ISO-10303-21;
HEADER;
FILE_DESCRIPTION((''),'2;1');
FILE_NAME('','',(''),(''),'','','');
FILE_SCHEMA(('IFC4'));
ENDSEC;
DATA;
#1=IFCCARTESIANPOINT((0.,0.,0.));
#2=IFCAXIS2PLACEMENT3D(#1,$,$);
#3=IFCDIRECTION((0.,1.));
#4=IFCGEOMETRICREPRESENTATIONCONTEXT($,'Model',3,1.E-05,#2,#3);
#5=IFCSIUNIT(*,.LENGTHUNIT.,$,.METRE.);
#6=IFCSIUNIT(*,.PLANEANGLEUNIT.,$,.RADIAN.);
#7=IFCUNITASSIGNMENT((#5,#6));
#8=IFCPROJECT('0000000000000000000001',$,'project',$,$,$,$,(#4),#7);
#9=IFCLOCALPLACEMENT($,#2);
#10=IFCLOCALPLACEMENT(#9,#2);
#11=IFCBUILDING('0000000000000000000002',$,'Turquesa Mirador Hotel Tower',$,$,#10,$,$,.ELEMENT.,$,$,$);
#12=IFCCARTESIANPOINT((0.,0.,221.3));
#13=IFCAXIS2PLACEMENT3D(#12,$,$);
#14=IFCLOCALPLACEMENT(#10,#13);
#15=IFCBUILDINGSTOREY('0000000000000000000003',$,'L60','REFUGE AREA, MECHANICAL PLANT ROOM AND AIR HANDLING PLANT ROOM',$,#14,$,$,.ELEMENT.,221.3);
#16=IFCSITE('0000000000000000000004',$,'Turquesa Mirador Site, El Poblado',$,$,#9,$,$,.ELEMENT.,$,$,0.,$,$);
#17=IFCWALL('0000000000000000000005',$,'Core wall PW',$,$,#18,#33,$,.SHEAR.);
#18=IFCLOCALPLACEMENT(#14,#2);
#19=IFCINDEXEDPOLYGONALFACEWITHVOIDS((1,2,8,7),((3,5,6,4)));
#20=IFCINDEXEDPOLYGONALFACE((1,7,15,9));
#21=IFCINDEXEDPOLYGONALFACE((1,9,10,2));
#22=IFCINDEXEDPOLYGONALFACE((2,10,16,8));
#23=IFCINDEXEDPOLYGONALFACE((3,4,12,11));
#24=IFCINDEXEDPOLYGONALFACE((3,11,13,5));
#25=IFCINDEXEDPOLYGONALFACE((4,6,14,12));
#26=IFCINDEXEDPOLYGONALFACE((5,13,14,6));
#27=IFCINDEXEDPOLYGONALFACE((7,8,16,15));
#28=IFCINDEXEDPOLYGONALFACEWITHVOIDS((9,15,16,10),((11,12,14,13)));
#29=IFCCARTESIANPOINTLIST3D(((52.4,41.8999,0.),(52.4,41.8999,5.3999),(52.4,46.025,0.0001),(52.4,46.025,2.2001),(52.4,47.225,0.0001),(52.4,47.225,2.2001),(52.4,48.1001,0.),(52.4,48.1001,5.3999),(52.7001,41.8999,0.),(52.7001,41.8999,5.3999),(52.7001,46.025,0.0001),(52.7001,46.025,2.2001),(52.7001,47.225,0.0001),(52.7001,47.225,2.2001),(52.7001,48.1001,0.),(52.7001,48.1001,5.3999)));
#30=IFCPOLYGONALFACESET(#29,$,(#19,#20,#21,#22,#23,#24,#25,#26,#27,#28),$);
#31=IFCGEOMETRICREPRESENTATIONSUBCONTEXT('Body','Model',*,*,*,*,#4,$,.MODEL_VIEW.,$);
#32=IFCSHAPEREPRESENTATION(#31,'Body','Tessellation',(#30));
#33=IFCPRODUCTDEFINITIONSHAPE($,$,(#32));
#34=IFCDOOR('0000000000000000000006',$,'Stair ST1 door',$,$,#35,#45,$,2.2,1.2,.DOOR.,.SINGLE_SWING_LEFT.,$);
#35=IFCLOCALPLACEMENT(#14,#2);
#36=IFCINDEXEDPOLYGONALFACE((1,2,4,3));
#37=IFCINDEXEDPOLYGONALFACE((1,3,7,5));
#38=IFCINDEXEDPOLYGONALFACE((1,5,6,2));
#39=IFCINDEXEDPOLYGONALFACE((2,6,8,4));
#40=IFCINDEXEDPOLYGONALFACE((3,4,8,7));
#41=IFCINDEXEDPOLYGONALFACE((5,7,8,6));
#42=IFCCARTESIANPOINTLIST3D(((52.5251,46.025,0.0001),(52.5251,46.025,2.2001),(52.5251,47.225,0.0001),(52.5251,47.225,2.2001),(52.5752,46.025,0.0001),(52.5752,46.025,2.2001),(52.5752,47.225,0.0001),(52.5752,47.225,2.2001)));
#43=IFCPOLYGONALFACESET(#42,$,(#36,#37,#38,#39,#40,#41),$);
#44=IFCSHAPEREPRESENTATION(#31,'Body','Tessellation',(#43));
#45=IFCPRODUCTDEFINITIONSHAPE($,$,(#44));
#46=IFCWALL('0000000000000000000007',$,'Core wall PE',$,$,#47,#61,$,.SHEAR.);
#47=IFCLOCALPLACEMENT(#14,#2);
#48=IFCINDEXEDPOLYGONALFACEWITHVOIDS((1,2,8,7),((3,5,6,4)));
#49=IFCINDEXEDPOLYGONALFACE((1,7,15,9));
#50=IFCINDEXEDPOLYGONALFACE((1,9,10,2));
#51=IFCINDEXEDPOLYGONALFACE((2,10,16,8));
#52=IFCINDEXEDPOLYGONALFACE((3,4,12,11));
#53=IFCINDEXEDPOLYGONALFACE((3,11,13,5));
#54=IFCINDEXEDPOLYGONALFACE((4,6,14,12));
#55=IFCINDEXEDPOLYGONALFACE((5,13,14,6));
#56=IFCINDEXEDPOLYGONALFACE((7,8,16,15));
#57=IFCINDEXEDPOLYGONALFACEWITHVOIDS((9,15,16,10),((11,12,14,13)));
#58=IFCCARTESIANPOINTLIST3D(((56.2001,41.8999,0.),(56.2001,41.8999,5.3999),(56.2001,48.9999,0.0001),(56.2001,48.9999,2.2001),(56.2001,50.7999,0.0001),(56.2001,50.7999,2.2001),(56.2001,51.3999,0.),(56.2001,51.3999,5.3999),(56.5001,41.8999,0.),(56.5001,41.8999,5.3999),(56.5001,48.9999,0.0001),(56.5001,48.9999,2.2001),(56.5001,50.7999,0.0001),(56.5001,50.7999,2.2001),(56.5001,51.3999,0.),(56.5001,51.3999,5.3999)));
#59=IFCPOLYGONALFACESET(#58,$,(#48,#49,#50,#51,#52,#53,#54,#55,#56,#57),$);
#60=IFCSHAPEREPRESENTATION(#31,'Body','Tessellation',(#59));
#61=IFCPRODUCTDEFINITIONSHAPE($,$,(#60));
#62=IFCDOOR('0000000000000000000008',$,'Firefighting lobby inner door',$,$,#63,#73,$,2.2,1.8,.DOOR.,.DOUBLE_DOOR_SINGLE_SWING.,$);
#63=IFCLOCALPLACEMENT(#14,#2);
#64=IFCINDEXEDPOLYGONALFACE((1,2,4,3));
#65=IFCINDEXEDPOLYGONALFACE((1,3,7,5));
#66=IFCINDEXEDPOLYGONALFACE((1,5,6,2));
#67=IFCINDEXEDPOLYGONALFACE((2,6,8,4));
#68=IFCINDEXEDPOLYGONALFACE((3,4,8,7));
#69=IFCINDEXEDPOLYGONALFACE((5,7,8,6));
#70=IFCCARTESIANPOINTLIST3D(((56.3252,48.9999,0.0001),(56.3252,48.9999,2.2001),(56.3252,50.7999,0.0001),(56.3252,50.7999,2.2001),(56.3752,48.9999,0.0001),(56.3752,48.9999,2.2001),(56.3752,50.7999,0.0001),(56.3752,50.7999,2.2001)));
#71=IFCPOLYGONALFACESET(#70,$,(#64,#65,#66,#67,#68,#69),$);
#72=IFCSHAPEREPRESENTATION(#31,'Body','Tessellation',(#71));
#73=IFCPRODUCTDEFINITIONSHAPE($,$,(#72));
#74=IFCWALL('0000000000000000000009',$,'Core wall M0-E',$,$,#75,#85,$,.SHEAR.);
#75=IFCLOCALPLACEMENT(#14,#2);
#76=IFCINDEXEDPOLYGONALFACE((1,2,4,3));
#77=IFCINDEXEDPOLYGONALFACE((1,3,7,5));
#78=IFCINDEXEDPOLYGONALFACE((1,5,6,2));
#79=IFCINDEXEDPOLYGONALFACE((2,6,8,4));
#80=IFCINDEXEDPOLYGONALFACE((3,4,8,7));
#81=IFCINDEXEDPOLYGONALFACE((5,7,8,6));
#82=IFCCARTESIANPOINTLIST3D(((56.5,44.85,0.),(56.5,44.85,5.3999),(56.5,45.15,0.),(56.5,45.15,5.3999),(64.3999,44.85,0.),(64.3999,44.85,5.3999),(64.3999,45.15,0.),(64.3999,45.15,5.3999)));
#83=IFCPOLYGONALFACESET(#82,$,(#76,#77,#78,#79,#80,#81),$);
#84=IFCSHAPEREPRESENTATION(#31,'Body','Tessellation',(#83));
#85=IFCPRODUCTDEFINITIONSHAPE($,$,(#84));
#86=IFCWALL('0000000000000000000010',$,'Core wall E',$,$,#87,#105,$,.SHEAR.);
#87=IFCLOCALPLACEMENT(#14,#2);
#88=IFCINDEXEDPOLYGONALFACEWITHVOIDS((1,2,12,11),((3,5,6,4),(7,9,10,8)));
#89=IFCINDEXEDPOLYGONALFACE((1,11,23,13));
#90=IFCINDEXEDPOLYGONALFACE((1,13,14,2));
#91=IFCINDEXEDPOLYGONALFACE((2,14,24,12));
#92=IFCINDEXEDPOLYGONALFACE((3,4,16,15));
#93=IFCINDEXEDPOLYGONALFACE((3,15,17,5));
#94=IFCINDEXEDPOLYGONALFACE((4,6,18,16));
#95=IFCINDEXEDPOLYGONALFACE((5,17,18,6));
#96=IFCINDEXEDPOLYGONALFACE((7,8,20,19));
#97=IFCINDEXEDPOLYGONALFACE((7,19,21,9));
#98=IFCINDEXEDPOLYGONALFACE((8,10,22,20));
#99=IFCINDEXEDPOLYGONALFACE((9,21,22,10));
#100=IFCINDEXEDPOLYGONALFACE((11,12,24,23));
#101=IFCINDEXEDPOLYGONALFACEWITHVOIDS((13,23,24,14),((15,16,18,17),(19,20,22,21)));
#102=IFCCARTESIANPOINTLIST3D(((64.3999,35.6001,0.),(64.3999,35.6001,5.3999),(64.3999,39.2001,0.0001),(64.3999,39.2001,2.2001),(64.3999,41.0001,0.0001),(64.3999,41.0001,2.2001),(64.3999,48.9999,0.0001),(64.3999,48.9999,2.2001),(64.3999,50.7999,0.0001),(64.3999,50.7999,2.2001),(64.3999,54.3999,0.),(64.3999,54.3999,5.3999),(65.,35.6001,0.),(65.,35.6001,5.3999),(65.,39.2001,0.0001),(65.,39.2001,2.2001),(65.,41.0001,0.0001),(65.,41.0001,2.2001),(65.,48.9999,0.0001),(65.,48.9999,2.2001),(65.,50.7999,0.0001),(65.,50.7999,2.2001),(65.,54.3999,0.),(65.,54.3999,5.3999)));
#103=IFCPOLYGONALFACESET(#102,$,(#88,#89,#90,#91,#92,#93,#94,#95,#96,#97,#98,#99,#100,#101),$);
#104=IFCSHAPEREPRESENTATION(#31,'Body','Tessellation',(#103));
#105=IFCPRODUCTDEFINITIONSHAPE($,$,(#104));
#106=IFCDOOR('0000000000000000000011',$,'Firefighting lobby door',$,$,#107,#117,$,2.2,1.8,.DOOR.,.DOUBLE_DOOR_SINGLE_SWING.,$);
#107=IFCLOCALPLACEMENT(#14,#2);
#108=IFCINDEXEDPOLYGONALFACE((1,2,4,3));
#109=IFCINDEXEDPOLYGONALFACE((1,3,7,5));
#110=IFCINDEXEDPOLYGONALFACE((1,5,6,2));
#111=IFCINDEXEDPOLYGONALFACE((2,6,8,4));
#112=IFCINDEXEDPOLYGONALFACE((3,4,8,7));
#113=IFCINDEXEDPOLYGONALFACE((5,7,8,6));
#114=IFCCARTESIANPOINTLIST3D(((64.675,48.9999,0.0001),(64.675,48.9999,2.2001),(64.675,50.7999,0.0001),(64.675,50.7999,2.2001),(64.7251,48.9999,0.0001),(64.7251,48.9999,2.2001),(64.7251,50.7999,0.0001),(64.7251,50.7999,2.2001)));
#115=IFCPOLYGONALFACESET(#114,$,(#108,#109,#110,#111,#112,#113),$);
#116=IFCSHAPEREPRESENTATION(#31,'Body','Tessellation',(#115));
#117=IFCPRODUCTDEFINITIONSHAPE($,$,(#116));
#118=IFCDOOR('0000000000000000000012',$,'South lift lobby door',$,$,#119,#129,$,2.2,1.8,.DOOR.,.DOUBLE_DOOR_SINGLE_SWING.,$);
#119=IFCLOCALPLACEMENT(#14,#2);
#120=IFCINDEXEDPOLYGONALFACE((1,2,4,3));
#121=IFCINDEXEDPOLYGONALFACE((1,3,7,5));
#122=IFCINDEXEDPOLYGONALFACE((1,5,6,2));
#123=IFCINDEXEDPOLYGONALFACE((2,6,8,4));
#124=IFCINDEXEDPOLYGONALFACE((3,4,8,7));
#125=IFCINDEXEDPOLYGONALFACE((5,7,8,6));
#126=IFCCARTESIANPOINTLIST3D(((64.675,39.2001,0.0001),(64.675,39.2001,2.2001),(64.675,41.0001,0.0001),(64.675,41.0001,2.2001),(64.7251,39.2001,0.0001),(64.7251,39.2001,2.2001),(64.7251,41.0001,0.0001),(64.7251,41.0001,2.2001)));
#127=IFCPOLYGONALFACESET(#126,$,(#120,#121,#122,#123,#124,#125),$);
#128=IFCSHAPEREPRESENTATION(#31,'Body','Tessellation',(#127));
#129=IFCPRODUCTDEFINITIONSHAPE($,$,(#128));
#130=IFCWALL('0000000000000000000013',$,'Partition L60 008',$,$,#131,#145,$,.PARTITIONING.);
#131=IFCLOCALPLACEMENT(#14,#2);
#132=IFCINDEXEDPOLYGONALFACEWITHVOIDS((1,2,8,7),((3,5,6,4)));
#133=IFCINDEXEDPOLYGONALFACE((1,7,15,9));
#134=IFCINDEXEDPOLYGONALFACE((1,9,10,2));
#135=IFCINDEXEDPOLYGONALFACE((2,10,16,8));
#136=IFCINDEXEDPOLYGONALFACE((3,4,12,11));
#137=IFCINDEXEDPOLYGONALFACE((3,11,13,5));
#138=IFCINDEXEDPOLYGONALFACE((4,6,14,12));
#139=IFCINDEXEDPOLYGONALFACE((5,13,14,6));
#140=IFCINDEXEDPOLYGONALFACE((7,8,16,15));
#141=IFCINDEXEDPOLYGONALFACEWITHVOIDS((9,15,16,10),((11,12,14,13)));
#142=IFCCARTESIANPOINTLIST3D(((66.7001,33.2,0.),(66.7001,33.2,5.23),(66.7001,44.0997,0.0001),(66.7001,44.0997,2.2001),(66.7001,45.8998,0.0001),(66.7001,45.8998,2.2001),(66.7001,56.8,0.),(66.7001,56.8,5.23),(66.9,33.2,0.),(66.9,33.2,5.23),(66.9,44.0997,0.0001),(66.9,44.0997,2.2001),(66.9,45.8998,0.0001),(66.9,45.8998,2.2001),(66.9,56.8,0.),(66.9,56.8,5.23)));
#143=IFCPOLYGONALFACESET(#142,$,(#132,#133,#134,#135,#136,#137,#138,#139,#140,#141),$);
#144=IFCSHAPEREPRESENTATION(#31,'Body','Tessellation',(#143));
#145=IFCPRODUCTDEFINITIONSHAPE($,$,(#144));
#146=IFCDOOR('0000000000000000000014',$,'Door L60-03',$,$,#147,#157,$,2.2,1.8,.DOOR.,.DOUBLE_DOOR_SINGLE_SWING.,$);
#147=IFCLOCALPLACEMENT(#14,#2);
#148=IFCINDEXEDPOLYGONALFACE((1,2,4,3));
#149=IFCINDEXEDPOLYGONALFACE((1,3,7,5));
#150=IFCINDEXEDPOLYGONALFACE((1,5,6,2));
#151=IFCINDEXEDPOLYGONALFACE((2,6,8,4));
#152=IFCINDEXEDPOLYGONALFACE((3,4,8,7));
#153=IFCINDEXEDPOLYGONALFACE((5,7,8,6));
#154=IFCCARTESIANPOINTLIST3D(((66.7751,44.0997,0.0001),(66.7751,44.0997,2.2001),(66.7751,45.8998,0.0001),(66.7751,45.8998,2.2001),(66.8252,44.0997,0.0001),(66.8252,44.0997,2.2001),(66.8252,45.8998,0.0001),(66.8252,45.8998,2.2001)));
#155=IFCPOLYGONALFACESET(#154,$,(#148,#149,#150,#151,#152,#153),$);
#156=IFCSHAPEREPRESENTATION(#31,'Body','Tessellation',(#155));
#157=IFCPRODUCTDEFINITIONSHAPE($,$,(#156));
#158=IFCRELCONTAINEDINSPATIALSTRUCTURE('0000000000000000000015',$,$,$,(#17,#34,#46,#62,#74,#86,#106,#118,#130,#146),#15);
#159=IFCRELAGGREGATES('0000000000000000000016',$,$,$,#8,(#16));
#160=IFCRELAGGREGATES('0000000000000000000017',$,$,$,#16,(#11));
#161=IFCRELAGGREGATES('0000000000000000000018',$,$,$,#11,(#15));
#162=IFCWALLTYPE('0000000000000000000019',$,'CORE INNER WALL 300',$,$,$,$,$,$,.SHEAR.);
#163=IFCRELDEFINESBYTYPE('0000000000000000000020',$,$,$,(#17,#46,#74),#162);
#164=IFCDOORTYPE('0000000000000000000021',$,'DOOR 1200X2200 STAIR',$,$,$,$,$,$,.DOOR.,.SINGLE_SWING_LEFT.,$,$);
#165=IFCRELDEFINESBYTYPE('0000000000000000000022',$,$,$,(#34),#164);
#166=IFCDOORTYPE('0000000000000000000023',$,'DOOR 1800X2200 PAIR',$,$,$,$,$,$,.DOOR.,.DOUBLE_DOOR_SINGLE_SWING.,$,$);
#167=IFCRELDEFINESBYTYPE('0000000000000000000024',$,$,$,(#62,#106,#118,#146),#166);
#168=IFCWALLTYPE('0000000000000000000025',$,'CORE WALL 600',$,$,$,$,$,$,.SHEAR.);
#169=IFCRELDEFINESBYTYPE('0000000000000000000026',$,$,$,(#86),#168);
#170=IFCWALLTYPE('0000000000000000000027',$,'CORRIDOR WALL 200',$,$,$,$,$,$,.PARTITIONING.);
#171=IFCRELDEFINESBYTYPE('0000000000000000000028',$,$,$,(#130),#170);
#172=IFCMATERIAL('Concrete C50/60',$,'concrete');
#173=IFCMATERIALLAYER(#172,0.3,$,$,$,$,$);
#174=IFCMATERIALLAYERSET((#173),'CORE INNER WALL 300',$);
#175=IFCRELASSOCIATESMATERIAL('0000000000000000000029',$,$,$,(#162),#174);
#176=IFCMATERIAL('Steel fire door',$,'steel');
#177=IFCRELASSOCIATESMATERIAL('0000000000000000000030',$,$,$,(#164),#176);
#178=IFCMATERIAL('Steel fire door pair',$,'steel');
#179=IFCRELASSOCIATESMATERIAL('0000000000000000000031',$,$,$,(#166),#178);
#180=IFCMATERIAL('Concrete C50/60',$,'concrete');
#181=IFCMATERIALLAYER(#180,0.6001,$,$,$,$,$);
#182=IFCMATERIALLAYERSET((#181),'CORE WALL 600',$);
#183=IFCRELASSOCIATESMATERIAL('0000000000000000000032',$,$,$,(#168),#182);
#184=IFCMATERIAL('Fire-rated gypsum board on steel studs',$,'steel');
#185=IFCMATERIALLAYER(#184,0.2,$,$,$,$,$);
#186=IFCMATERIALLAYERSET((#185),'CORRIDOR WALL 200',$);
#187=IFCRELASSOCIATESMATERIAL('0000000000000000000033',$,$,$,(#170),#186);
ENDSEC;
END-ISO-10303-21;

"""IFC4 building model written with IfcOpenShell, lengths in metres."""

from ifc_helpers import new_model, si_unit, direction, frame, frame_2d, origin, place, context, subcontext, project, spatial, rectangle, extrude, material, layer, layer_set, type_object, element, fill, save


model = new_model("IFC4")

# Units and contexts
model_context = context("Model", 3, precision=1e-05, world=origin(), true_north=direction((0.0, 1.0)))
body_context = subcontext(model_context, "Body", "Model", "MODEL_VIEW")
ifc_project = project(units=[si_unit("LENGTHUNIT", "METRE"), si_unit("PLANEANGLEUNIT", "RADIAN")], contexts=[model_context])

# Site, building, storey
site_placement = place(None, origin())
site = spatial("IfcSite", under=ifc_project, at=site_placement, Name="Turquesa Mirador Site, El Poblado", CompositionType="ELEMENT", RefElevation=0.0)
building_placement = place(site_placement, origin())
building = spatial("IfcBuilding", under=site, at=building_placement, Name="Turquesa Mirador Hotel Tower", CompositionType="ELEMENT")
storey_placement = place(building_placement, frame((0.0, 0.0, 221.3)))
storey = spatial("IfcBuildingStorey", under=building, at=storey_placement, Name="L60", Description="REFUGE AREA, MECHANICAL PLANT ROOM AND AIR HANDLING PLANT ROOM", CompositionType="ELEMENT", Elevation=221.3)

# Walls, openings, doors
ifc_material_1 = material(Name="Concrete C50/60", Category="concrete")
ifc_layer_1 = layer(ifc_material_1, 0.3)
ifc_layer_set_1 = layer_set([ifc_layer_1], Name="CORE INNER WALL 300")
wall_type_1 = type_object("IfcWallType", Name="CORE INNER WALL 300", PredefinedType="SHEAR", material=ifc_layer_set_1)
wall_1_placement = place(storey_placement, frame((52.55, 41.8999, 0.0), z_axis=(0.0, 0.0, 1.0), x_axis=(0.0, 1.0, 0.0)))
wall_1 = element("IfcWall", 1, at=wall_1_placement, inside=storey, type_object=wall_type_1, Name="Core wall PW", PredefinedType="SHEAR", context=body_context, shape_type="SweptSolid", body=[
    extrude(rectangle(XDim=6.2002, YDim=0.3, at=frame_2d((3.1001, 0.0))), origin(), (0.0, 0.0, 1.0), 5.3999),
])
opening_1_placement = place(wall_1_placement, frame((4.125, 0.0, 0.0)))
opening_1 = element("IfcOpeningElement", 2, at=opening_1_placement, cuts=wall_1, PredefinedType="OPENING", context=body_context, shape_type="SweptSolid", body=[
    extrude(rectangle(XDim=1.2, YDim=2.2, at=frame_2d((0.6001, 1.1001))), frame((0.0, 0.1599, 0.0), z_axis=(0.0, -1.0, 0.0), x_axis=(1.0, 0.0, 0.0)), (0.0, 0.0, 1.0), 0.3201),
])
ifc_material_2 = material(Name="Steel fire door", Category="steel")
door_type_1 = type_object("IfcDoorType", Name="DOOR 1200X2200 STAIR", OperationType="SINGLE_SWING_LEFT", PredefinedType="DOOR", material=ifc_material_2)
door_1_placement = place(opening_1_placement, origin())
door_1 = element("IfcDoor", 3, at=door_1_placement, inside=storey, type_object=door_type_1, Name="Stair ST1 door", OperationType="SINGLE_SWING_LEFT", OverallHeight=2.2, OverallWidth=1.2, PredefinedType="DOOR", context=body_context, shape_type="SweptSolid", body=[
    extrude(rectangle(XDim=1.2, YDim=2.2, at=frame_2d((0.6001, 1.1001))), frame((0.0, 0.0249, 0.0), z_axis=(0.0, -1.0, 0.0), x_axis=(1.0, 0.0, 0.0)), (0.0, 0.0, 1.0), 0.05),
])
fill(opening_1, door_1)
wall_2_placement = place(storey_placement, frame((56.3501, 41.8999, 0.0), z_axis=(0.0, 0.0, 1.0), x_axis=(0.0, 1.0, 0.0)))
wall_2 = element("IfcWall", 4, at=wall_2_placement, inside=storey, type_object=wall_type_1, Name="Core wall PE", PredefinedType="SHEAR", context=body_context, shape_type="SweptSolid", body=[
    extrude(rectangle(XDim=9.5, YDim=0.3, at=frame_2d((4.75, 0.0))), origin(), (0.0, 0.0, 1.0), 5.3999),
])
opening_2_placement = place(wall_2_placement, frame((7.1001, 0.0, 0.0)))
opening_2 = element("IfcOpeningElement", 5, at=opening_2_placement, cuts=wall_2, PredefinedType="OPENING", context=body_context, shape_type="SweptSolid", body=[
    extrude(rectangle(XDim=1.8, YDim=2.2, at=frame_2d((0.8999, 1.1001))), frame((0.0, 0.1599, 0.0), z_axis=(0.0, -1.0, 0.0), x_axis=(1.0, 0.0, 0.0)), (0.0, 0.0, 1.0), 0.3201),
])
ifc_material_3 = material(Name="Steel fire door pair", Category="steel")
door_type_2 = type_object("IfcDoorType", Name="DOOR 1800X2200 PAIR", OperationType="DOUBLE_DOOR_SINGLE_SWING", PredefinedType="DOOR", material=ifc_material_3)
door_2_placement = place(opening_2_placement, origin())
door_2 = element("IfcDoor", 6, at=door_2_placement, inside=storey, type_object=door_type_2, Name="Firefighting lobby inner door", OperationType="DOUBLE_DOOR_SINGLE_SWING", OverallHeight=2.2, OverallWidth=1.8, PredefinedType="DOOR", context=body_context, shape_type="SweptSolid", body=[
    extrude(rectangle(XDim=1.8, YDim=2.2, at=frame_2d((0.8999, 1.1001))), frame((0.0, 0.0249, 0.0), z_axis=(0.0, -1.0, 0.0), x_axis=(1.0, 0.0, 0.0)), (0.0, 0.0, 1.0), 0.05),
])
fill(opening_2, door_2)

# Wall
wall_3_placement = place(storey_placement, frame((56.5, 45.0, 0.0), z_axis=(0.0, 0.0, 1.0), x_axis=(1.0, 0.0, 0.0)))
element("IfcWall", 7, at=wall_3_placement, inside=storey, type_object=wall_type_1, Name="Core wall M0-E", PredefinedType="SHEAR", context=body_context, shape_type="SweptSolid", body=[
    extrude(rectangle(XDim=7.8999, YDim=0.3, at=frame_2d((3.95, 0.0))), origin(), (0.0, 0.0, 1.0), 5.3999),
])

# Wall, openings, doors
ifc_material_4 = material(Name="Concrete C50/60", Category="concrete")
ifc_layer_2 = layer(ifc_material_4, 0.6001)
ifc_layer_set_2 = layer_set([ifc_layer_2], Name="CORE WALL 600")
wall_type_2 = type_object("IfcWallType", Name="CORE WALL 600", PredefinedType="SHEAR", material=ifc_layer_set_2)
wall_4_placement = place(storey_placement, frame((64.7, 35.6001, 0.0), z_axis=(0.0, 0.0, 1.0), x_axis=(0.0, 1.0, 0.0)))
wall_4 = element("IfcWall", 8, at=wall_4_placement, inside=storey, type_object=wall_type_2, Name="Core wall E", PredefinedType="SHEAR", context=body_context, shape_type="SweptSolid", body=[
    extrude(rectangle(XDim=18.7998, YDim=0.6001, at=frame_2d((9.3999, 0.0))), origin(), (0.0, 0.0, 1.0), 5.3999),
])
opening_3_placement = place(wall_4_placement, frame((13.3999, 0.0, 0.0)))
opening_3 = element("IfcOpeningElement", 9, at=opening_3_placement, cuts=wall_4, PredefinedType="OPENING", context=body_context, shape_type="SweptSolid", body=[
    extrude(rectangle(XDim=1.8, YDim=2.2, at=frame_2d((0.8999, 1.1001))), frame((0.0, 0.3101, 0.0), z_axis=(0.0, -1.0, 0.0), x_axis=(1.0, 0.0, 0.0)), (0.0, 0.0, 1.0), 0.6201),
])
opening_4_placement = place(wall_4_placement, frame((3.6001, 0.0, 0.0)))
opening_4 = element("IfcOpeningElement", 10, at=opening_4_placement, cuts=wall_4, PredefinedType="OPENING", context=body_context, shape_type="SweptSolid", body=[
    extrude(rectangle(XDim=1.8, YDim=2.2, at=frame_2d((0.8999, 1.1001))), frame((0.0, 0.3101, 0.0), z_axis=(0.0, -1.0, 0.0), x_axis=(1.0, 0.0, 0.0)), (0.0, 0.0, 1.0), 0.6201),
])
door_3_placement = place(opening_3_placement, origin())
door_3 = element("IfcDoor", 11, at=door_3_placement, inside=storey, type_object=door_type_2, Name="Firefighting lobby door", OperationType="DOUBLE_DOOR_SINGLE_SWING", OverallHeight=2.2, OverallWidth=1.8, PredefinedType="DOOR", context=body_context, shape_type="SweptSolid", body=[
    extrude(rectangle(XDim=1.8, YDim=2.2, at=frame_2d((0.8999, 1.1001))), frame((0.0, 0.0249, 0.0), z_axis=(0.0, -1.0, 0.0), x_axis=(1.0, 0.0, 0.0)), (0.0, 0.0, 1.0), 0.05),
])
fill(opening_3, door_3)
door_4_placement = place(opening_4_placement, origin())
door_4 = element("IfcDoor", 12, at=door_4_placement, inside=storey, type_object=door_type_2, Name="South lift lobby door", OperationType="DOUBLE_DOOR_SINGLE_SWING", OverallHeight=2.2, OverallWidth=1.8, PredefinedType="DOOR", context=body_context, shape_type="SweptSolid", body=[
    extrude(rectangle(XDim=1.8, YDim=2.2, at=frame_2d((0.8999, 1.1001))), frame((0.0, 0.0249, 0.0), z_axis=(0.0, -1.0, 0.0), x_axis=(1.0, 0.0, 0.0)), (0.0, 0.0, 1.0), 0.05),
])
fill(opening_4, door_4)

# Wall, opening, door
ifc_material_5 = material(Name="Fire-rated gypsum board on steel studs", Category="steel")
ifc_layer_3 = layer(ifc_material_5, 0.2)
ifc_layer_set_3 = layer_set([ifc_layer_3], Name="CORRIDOR WALL 200")
wall_type_3 = type_object("IfcWallType", Name="CORRIDOR WALL 200", PredefinedType="PARTITIONING", material=ifc_layer_set_3)
wall_5_placement = place(storey_placement, frame((66.8, 33.2, 0.0), z_axis=(0.0, 0.0, 1.0), x_axis=(0.0, 1.0, 0.0)))
wall_5 = element("IfcWall", 13, at=wall_5_placement, inside=storey, type_object=wall_type_3, Name="Partition L60 008", PredefinedType="PARTITIONING", context=body_context, shape_type="SweptSolid", body=[
    extrude(rectangle(XDim=23.6001, YDim=0.2, at=frame_2d((11.8, 0.0))), origin(), (0.0, 0.0, 1.0), 5.23),
])
opening_5_placement = place(wall_5_placement, frame((10.8999, 0.0, 0.0)))
opening_5 = element("IfcOpeningElement", 14, at=opening_5_placement, cuts=wall_5, PredefinedType="OPENING", context=body_context, shape_type="SweptSolid", body=[
    extrude(rectangle(XDim=1.8, YDim=2.2, at=frame_2d((0.8999, 1.1001))), frame((0.0, 0.1099, 0.0), z_axis=(0.0, -1.0, 0.0), x_axis=(1.0, 0.0, 0.0)), (0.0, 0.0, 1.0), 0.22),
])
door_5_placement = place(opening_5_placement, origin())
door_5 = element("IfcDoor", 15, at=door_5_placement, inside=storey, type_object=door_type_2, Name="Door L60-03", OperationType="DOUBLE_DOOR_SINGLE_SWING", OverallHeight=2.2, OverallWidth=1.8, PredefinedType="DOOR", context=body_context, shape_type="SweptSolid", body=[
    extrude(rectangle(XDim=1.8, YDim=2.2, at=frame_2d((0.8999, 1.1001))), frame((0.0, 0.0249, 0.0), z_axis=(0.0, -1.0, 0.0), x_axis=(1.0, 0.0, 0.0)), (0.0, 0.0, 1.0), 0.05),
])
fill(opening_5, door_5)

save(model, "model.ifc")
